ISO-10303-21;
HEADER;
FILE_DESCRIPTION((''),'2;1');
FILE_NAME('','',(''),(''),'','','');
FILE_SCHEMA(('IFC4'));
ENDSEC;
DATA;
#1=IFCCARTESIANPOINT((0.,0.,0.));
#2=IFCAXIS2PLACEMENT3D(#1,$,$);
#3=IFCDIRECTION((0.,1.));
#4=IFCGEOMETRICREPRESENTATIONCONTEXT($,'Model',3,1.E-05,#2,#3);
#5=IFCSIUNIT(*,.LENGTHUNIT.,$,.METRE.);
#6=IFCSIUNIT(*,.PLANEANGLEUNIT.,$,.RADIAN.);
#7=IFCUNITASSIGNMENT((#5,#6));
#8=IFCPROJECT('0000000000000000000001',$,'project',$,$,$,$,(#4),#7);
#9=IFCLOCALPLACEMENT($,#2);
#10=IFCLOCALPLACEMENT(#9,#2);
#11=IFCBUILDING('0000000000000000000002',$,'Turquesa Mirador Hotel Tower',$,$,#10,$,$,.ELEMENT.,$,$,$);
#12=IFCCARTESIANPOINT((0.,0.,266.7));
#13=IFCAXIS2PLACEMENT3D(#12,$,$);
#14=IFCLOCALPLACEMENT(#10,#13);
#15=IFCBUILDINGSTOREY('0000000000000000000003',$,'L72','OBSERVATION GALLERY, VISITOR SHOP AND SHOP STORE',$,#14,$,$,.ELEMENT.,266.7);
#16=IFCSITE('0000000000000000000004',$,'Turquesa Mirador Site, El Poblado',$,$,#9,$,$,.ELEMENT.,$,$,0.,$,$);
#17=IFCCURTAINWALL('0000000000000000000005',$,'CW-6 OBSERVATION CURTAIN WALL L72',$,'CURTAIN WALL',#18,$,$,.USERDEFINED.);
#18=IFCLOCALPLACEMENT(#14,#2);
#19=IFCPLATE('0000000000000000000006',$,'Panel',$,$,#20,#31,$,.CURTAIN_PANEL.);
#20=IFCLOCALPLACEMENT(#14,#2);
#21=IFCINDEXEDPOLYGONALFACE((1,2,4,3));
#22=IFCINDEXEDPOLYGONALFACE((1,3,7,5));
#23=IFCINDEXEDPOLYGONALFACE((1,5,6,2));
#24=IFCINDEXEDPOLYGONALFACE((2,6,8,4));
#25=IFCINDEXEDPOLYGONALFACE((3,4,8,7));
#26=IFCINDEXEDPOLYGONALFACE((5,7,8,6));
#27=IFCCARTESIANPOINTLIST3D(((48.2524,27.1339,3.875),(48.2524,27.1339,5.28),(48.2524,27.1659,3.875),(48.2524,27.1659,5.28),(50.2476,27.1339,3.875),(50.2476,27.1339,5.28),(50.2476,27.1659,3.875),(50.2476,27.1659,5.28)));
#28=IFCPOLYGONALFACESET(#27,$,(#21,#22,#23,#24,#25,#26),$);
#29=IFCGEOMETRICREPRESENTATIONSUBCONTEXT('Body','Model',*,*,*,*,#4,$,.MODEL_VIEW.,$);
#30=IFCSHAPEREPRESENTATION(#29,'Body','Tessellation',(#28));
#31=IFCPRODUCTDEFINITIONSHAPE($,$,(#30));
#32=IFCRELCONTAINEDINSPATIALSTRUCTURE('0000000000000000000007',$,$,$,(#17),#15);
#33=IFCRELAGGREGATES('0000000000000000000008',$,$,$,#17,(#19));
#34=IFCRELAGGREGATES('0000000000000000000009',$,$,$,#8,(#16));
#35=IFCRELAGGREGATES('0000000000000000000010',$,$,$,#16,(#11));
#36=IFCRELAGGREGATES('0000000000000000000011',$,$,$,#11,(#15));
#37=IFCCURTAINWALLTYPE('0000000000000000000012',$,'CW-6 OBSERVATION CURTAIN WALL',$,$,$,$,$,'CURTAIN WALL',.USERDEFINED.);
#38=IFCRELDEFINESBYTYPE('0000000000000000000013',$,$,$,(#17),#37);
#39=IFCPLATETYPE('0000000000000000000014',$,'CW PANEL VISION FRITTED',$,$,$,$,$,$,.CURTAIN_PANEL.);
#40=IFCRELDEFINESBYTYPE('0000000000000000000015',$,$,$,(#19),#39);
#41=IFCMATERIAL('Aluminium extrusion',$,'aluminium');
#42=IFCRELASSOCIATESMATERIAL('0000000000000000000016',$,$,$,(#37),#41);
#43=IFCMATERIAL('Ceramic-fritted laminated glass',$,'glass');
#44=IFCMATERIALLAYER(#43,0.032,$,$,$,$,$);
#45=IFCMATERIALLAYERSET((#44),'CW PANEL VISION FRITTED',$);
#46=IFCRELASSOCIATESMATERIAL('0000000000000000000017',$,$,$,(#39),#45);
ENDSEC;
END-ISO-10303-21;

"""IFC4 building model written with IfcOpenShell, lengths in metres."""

from ifc_helpers import new_model, si_unit, direction, frame, origin, origin_2d, place, context, subcontext, project, spatial, rectangle, extrude, material, layer, layer_set, type_object, element, aggregate, save


model = new_model("IFC4")

# Units and contexts
model_context = context("Model", 3, precision=1e-05, world=origin(), true_north=direction((0.0, 1.0)))
body_context = subcontext(model_context, "Body", "Model", "MODEL_VIEW")
ifc_project = project(units=[si_unit("LENGTHUNIT", "METRE"), si_unit("PLANEANGLEUNIT", "RADIAN")], contexts=[model_context])

# Site, building, storey
site_placement = place(None, origin())
site = spatial("IfcSite", under=ifc_project, at=site_placement, Name="Turquesa Mirador Site, El Poblado", CompositionType="ELEMENT", RefElevation=0.0)
building_placement = place(site_placement, origin())
building = spatial("IfcBuilding", under=site, at=building_placement, Name="Turquesa Mirador Hotel Tower", CompositionType="ELEMENT")
storey_placement = place(building_placement, frame((0.0, 0.0, 266.7)))
storey = spatial("IfcBuildingStorey", under=building, at=storey_placement, Name="L72", Description="OBSERVATION GALLERY, VISITOR SHOP AND SHOP STORE", CompositionType="ELEMENT", Elevation=266.7)

# Curtain wall
ifc_material_1 = material(Name="Aluminium extrusion", Category="aluminium")
curtain_wall_type = type_object("IfcCurtainWallType", Name="CW-6 OBSERVATION CURTAIN WALL", ElementType="CURTAIN WALL", PredefinedType="USERDEFINED", material=ifc_material_1)
curtain_wall_1_placement = place(storey_placement, origin())
curtain_wall_1 = element("IfcCurtainWall", 1, at=curtain_wall_1_placement, inside=storey, type_object=curtain_wall_type, Name="CW-6 OBSERVATION CURTAIN WALL L72", ObjectType="CURTAIN WALL", PredefinedType="USERDEFINED")

# Plate
ifc_material_2 = material(Name="Ceramic-fritted laminated glass", Category="glass")
ifc_layer_1 = layer(ifc_material_2, 0.032)
ifc_layer_set_1 = layer_set([ifc_layer_1], Name="CW PANEL VISION FRITTED")
plate_type_1 = type_object("IfcPlateType", Name="CW PANEL VISION FRITTED", PredefinedType="CURTAIN_PANEL", material=ifc_layer_set_1)
plate_1_placement = place(storey_placement, frame((49.25, 27.1499, 3.875), z_axis=(0.0, 0.0, 1.0), x_axis=(1.0, 0.0, 0.0)))
plate_1 = element("IfcPlate", 2, at=plate_1_placement, type_object=plate_type_1, Name="Panel", PredefinedType="CURTAIN_PANEL", context=body_context, shape_type="SweptSolid", body=[
    extrude(rectangle(XDim=1.9951, YDim=0.032, at=origin_2d()), origin(), (0.0, 0.0, 1.0), 1.405),
])
aggregate(curtain_wall_1, [plate_1])

save(model, "model.ifc")
